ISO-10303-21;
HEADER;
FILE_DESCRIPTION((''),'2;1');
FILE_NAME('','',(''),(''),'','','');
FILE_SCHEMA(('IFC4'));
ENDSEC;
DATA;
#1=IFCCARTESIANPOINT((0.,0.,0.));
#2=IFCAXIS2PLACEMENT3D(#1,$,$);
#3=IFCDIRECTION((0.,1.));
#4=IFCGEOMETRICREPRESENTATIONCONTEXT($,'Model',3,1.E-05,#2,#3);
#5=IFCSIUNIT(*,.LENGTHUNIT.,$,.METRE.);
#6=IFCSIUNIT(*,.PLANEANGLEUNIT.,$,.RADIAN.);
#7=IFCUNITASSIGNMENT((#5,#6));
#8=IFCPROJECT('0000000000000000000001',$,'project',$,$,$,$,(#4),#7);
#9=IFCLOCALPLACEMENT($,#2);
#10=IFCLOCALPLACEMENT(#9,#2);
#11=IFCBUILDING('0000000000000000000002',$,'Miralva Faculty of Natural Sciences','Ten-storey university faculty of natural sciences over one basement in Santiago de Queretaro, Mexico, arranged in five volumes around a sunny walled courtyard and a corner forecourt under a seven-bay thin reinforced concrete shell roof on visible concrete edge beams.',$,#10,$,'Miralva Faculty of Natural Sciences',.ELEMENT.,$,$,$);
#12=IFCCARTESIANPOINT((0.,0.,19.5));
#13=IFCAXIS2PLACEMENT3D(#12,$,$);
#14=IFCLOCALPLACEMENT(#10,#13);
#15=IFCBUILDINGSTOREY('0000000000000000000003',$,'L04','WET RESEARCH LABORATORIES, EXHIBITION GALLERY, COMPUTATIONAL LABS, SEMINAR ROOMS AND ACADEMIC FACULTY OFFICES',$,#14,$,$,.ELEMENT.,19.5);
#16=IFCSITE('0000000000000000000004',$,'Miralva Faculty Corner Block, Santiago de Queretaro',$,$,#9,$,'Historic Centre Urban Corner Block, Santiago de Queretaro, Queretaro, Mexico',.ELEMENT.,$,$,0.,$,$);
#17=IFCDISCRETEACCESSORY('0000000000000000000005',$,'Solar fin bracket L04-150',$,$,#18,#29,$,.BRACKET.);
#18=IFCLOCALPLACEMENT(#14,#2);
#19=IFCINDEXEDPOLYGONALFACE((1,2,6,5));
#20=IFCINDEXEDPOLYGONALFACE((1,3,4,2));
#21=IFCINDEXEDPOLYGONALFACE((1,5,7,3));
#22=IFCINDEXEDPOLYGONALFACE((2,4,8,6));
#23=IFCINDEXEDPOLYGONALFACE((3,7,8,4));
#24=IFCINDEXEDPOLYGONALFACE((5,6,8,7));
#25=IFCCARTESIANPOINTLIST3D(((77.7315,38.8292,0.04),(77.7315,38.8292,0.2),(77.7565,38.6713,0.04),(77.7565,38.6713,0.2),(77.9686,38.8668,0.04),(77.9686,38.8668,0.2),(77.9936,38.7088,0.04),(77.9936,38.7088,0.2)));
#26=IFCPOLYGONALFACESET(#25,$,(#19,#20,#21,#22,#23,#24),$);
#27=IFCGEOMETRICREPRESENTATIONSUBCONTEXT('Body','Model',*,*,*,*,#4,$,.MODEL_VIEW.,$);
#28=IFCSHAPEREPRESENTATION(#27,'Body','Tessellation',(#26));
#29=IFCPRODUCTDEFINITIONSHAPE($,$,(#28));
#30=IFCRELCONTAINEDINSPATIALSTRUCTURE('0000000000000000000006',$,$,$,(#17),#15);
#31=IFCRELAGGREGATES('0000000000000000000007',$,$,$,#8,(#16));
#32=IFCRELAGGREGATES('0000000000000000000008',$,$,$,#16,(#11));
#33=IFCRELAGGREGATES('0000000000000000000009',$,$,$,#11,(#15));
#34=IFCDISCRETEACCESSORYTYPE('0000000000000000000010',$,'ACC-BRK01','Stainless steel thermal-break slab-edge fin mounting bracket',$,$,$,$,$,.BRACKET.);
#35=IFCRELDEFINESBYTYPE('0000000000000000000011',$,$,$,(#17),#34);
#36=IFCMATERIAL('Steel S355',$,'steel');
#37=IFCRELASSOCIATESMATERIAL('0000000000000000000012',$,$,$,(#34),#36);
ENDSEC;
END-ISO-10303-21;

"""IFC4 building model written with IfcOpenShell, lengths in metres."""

from ifc_helpers import new_model, si_unit, direction, frame, origin, origin_2d, place, context, subcontext, project, spatial, rectangle, extrude, material, type_object, element, save


model = new_model("IFC4")

# Units and contexts
model_context = context("Model", 3, precision=1e-05, world=origin(), true_north=direction((0.0, 1.0)))
body_context = subcontext(model_context, "Body", "Model", "MODEL_VIEW")
ifc_project = project(units=[si_unit("LENGTHUNIT", "METRE"), si_unit("PLANEANGLEUNIT", "RADIAN")], contexts=[model_context])

# Site, building, storey
site_placement = place(None, origin())
site = spatial("IfcSite", under=ifc_project, at=site_placement, Name="Miralva Faculty Corner Block, Santiago de Queretaro", LongName="Historic Centre Urban Corner Block, Santiago de Queretaro, Queretaro, Mexico", CompositionType="ELEMENT", RefElevation=0.0)
building_placement = place(site_placement, origin())
building = spatial("IfcBuilding", under=site, at=building_placement, Name="Miralva Faculty of Natural Sciences", Description="Ten-storey university faculty of natural sciences over one basement in Santiago de Queretaro, Mexico, arranged in five volumes around a sunny walled courtyard and a corner forecourt under a seven-bay thin reinforced concrete shell roof on visible concrete edge beams.", LongName="Miralva Faculty of Natural Sciences", CompositionType="ELEMENT")
storey_placement = place(building_placement, frame((0.0, 0.0, 19.5)))
storey = spatial("IfcBuildingStorey", under=building, at=storey_placement, Name="L04", Description="WET RESEARCH LABORATORIES, EXHIBITION GALLERY, COMPUTATIONAL LABS, SEMINAR ROOMS AND ACADEMIC FACULTY OFFICES", CompositionType="ELEMENT", Elevation=19.5)

# Discrete accessory
ifc_material_1 = material(Name="Steel S355", Category="steel")
discrete_accessory_type = type_object("IfcDiscreteAccessoryType", Name="ACC-BRK01", Description="Stainless steel thermal-break slab-edge fin mounting bracket", PredefinedType="BRACKET", material=ifc_material_1)
for number, where, z_axis, x_axis, name in (
    (1, (77.8625, 38.769, 0.04), (0.0, 0.0, 1.0), (-0.156434, 0.987688, 0.0), "Solar fin bracket L04-150"),
):
    element("IfcDiscreteAccessory", number, at=place(storey_placement, frame(where, z_axis=z_axis, x_axis=x_axis)), inside=storey, type_object=discrete_accessory_type, Name=name, PredefinedType="BRACKET", context=body_context, shape_type="SweptSolid", body=[
        extrude(rectangle(XDim=0.1599, YDim=0.24, at=origin_2d()), origin(), (0.0, 0.0, 1.0), 0.1599),
    ])

save(model, "model.ifc")
